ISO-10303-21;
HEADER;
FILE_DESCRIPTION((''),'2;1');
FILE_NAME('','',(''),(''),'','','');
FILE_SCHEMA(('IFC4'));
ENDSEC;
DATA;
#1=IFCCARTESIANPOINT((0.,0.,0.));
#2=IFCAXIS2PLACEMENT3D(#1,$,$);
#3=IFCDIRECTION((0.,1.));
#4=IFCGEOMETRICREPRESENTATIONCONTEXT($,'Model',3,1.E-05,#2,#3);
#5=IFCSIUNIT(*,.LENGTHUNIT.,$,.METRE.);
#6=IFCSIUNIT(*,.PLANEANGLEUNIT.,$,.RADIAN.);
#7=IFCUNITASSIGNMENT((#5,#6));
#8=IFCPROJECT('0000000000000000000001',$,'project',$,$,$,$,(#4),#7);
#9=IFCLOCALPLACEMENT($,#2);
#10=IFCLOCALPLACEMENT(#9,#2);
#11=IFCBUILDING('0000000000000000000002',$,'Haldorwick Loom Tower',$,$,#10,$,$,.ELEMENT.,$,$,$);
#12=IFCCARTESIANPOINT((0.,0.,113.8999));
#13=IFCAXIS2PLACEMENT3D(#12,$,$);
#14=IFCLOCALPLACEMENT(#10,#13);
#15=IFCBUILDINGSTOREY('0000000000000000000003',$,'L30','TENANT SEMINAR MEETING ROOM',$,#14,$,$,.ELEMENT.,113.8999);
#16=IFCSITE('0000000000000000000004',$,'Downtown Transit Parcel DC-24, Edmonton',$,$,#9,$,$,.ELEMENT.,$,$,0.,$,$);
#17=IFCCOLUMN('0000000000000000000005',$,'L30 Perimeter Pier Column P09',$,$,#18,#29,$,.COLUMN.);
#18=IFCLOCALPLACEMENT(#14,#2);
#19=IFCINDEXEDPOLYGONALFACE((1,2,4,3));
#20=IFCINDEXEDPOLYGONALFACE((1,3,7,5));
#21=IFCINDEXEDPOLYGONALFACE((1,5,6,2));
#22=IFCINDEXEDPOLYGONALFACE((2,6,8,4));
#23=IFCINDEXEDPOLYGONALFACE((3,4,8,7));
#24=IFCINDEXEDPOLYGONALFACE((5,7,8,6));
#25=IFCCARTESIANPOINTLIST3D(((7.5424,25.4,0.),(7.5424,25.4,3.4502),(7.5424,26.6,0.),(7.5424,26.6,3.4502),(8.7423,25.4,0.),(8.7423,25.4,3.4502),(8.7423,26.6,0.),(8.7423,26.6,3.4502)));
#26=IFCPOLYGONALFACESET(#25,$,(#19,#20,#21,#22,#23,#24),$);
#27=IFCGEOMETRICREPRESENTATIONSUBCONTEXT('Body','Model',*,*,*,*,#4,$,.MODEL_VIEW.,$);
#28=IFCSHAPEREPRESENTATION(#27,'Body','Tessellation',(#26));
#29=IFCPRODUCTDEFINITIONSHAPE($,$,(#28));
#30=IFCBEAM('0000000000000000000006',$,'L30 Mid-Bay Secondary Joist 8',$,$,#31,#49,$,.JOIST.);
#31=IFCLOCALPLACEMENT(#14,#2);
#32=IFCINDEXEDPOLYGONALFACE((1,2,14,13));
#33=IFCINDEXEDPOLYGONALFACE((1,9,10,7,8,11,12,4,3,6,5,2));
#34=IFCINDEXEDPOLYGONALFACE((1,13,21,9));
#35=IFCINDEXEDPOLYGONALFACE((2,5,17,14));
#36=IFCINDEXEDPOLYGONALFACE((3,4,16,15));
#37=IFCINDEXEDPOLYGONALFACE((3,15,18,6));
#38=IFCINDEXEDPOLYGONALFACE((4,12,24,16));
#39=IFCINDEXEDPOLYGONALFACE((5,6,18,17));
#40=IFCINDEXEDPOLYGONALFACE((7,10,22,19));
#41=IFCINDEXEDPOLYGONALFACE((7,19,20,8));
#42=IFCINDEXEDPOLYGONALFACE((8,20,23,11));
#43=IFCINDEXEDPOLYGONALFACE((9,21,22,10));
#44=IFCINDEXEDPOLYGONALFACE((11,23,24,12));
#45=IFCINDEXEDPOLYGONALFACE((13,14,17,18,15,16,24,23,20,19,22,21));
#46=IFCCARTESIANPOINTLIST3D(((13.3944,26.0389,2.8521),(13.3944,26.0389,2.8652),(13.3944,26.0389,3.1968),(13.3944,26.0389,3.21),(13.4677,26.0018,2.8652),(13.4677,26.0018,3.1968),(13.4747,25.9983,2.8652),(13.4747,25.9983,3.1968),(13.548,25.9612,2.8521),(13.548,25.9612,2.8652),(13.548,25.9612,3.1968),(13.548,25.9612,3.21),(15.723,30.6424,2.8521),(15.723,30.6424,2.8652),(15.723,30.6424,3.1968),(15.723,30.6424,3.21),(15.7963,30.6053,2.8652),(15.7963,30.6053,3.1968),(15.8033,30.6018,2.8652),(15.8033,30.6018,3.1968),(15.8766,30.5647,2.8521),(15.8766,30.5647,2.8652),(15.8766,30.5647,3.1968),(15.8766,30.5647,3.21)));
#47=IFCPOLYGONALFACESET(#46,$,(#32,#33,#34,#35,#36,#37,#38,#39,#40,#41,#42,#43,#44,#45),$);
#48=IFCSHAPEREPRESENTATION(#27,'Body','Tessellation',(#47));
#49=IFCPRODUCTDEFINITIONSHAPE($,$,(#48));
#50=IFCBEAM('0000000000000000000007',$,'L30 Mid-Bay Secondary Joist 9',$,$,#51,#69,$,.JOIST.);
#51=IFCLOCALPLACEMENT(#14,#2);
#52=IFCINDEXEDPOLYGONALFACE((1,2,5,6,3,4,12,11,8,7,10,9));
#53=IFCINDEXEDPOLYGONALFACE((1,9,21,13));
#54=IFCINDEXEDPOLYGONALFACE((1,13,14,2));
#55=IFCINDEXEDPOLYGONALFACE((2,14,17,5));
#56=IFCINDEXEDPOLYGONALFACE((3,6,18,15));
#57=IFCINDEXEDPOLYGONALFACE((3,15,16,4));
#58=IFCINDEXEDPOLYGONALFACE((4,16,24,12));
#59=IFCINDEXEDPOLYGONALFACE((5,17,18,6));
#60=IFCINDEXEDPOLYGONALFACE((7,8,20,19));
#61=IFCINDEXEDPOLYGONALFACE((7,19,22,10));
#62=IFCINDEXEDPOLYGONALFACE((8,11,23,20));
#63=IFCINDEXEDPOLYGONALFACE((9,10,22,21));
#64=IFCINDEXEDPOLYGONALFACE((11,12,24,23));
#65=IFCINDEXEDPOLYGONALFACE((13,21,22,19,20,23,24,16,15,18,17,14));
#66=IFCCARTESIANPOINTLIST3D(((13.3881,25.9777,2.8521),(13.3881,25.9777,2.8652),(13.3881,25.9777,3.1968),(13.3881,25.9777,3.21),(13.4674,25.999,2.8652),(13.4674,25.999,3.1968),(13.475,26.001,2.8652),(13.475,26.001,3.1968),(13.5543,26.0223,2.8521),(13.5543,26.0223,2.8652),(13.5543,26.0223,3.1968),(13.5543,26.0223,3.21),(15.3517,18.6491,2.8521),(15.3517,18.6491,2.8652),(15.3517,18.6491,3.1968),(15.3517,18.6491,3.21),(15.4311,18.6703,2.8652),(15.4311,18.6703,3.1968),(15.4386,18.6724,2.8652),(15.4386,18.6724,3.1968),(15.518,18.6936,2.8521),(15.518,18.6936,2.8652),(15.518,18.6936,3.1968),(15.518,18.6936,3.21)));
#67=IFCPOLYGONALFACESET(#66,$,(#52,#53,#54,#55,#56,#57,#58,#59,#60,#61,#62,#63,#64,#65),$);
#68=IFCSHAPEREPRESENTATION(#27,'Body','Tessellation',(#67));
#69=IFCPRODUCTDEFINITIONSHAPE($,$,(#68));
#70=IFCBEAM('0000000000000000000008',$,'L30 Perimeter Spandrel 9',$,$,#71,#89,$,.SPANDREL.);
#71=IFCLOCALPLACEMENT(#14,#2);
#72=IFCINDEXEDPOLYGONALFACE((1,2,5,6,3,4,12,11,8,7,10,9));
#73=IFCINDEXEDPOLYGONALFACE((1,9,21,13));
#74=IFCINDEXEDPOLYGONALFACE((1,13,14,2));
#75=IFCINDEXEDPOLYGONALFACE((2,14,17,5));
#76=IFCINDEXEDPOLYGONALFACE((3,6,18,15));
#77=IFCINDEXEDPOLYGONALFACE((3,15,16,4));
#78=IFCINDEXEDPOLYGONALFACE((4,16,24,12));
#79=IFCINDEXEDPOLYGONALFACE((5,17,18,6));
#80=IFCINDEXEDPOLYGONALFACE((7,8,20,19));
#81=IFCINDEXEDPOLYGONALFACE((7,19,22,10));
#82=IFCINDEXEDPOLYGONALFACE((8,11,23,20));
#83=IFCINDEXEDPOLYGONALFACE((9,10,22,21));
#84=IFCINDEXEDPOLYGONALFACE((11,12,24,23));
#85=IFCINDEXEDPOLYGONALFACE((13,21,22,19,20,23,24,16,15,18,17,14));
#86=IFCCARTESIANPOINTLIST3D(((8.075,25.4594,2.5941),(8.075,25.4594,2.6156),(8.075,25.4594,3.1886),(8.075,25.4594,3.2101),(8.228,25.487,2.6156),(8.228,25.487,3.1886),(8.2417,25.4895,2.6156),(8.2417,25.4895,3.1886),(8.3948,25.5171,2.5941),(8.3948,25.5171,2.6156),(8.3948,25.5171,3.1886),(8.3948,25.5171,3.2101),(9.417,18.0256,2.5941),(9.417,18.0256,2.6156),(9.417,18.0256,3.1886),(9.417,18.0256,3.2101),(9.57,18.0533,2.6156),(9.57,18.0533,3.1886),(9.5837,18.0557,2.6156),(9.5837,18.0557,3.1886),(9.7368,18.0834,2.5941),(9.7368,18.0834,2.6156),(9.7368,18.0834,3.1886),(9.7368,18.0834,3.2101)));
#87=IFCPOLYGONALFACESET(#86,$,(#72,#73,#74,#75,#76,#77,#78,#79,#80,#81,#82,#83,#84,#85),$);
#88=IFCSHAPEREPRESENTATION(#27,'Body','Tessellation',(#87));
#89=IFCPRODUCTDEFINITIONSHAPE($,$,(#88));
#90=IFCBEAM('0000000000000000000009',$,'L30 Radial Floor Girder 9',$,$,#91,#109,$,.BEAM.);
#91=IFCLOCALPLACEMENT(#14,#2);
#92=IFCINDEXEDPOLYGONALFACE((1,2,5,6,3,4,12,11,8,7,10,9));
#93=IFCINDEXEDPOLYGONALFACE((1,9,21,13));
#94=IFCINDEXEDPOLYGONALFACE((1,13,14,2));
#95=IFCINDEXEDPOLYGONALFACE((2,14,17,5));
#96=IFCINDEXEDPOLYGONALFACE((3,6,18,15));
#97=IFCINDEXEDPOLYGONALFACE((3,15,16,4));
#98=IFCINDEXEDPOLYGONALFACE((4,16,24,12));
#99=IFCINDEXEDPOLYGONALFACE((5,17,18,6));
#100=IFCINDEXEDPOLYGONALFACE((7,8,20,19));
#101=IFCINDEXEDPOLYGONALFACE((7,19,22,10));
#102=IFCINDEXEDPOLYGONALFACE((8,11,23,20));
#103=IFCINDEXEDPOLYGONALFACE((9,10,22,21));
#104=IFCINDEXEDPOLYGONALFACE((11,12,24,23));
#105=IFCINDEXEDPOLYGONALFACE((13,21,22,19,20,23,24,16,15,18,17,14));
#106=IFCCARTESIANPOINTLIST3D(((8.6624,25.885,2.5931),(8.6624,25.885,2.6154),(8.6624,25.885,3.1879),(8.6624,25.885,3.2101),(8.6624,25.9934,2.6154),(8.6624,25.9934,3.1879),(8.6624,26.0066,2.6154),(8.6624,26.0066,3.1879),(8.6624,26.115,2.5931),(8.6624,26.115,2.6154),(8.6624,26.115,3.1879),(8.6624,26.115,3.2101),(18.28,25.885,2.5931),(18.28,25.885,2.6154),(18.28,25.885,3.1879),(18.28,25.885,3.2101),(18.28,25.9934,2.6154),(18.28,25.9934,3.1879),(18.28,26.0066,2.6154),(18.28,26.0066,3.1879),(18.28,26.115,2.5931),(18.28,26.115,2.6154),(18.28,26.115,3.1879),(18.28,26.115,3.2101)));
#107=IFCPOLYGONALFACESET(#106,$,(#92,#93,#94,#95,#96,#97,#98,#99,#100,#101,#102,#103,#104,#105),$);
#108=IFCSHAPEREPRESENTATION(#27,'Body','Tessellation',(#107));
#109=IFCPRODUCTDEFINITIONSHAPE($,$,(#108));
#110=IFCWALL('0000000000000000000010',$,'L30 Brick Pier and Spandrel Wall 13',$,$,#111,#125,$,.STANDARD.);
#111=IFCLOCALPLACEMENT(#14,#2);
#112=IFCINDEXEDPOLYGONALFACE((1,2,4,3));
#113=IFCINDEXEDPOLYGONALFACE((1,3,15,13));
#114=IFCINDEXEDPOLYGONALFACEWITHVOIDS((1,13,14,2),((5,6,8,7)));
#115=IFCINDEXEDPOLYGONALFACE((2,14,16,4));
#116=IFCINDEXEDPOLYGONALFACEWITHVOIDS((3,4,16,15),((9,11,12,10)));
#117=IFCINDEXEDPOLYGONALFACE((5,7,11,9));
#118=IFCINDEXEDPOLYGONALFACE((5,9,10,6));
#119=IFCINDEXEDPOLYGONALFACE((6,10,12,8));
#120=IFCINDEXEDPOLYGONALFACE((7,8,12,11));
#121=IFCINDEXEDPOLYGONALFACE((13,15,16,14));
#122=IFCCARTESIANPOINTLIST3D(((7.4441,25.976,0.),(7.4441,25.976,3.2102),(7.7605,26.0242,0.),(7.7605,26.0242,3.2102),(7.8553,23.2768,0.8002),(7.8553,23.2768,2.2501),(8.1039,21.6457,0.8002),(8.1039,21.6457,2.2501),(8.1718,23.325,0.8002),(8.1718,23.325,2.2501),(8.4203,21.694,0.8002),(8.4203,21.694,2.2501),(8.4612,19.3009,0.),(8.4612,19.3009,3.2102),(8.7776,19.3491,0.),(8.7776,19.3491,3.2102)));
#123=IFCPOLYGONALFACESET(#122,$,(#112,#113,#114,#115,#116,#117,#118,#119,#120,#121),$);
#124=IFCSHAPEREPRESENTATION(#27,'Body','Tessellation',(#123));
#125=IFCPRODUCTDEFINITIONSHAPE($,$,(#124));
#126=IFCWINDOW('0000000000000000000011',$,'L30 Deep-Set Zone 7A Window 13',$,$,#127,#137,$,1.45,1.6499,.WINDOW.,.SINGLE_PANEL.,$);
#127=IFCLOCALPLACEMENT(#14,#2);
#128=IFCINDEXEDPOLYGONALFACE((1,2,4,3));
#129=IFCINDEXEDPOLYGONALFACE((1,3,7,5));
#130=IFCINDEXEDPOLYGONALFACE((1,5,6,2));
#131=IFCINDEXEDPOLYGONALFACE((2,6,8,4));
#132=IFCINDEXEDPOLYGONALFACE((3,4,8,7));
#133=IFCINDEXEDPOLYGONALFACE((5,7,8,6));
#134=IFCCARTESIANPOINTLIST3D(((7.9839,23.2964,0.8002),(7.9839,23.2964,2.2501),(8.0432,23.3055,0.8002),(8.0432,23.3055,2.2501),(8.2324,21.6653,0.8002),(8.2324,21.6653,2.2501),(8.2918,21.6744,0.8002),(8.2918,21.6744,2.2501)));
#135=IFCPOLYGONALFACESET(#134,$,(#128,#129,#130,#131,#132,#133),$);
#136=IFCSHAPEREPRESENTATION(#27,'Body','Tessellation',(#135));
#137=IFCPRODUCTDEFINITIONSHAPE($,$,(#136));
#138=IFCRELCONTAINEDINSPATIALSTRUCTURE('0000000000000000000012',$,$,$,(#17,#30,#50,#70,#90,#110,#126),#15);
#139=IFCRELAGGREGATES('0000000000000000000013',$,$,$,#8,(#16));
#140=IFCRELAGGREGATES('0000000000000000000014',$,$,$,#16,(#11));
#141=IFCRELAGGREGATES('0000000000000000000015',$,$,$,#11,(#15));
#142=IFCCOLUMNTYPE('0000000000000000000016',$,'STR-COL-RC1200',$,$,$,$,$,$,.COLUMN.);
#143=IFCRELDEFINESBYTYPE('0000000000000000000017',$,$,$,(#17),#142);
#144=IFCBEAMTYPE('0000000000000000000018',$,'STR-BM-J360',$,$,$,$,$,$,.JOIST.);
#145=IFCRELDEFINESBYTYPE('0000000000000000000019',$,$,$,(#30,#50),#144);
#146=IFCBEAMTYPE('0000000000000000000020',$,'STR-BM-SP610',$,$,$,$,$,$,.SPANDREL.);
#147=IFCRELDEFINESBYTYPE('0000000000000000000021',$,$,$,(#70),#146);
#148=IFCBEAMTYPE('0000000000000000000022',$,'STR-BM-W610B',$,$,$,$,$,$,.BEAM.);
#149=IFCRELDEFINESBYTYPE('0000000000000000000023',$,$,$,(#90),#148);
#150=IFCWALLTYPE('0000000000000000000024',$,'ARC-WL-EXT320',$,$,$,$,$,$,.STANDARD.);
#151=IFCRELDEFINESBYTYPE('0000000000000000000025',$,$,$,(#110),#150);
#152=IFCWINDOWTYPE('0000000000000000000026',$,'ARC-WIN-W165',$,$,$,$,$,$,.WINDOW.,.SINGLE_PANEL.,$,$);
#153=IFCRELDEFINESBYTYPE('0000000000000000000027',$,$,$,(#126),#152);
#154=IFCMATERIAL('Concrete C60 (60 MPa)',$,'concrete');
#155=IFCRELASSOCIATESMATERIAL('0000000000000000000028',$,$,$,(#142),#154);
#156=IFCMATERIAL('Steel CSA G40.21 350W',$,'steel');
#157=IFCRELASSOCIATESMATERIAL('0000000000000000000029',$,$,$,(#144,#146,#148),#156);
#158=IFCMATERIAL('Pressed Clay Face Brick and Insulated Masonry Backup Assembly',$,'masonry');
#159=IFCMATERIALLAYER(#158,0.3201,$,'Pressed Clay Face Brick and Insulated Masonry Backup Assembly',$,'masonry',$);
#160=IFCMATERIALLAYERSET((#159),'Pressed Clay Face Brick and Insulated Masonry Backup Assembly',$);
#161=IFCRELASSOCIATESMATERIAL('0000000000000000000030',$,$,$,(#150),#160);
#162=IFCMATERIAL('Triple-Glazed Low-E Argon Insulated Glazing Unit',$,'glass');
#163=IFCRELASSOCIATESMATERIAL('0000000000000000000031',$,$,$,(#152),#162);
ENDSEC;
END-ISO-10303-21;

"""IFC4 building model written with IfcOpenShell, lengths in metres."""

from ifc_helpers import new_model, si_unit, direction, frame, frame_2d, origin, origin_2d, place, context, subcontext, project, spatial, rectangle, i_section, extrude, material, layer, layer_set, material_profile, profile_set, type_object, element, fill, save


model = new_model("IFC4")

# Units and contexts
model_context = context("Model", 3, precision=1e-05, world=origin(), true_north=direction((0.0, 1.0)))
body_context = subcontext(model_context, "Body", "Model", "MODEL_VIEW")
ifc_project = project(units=[si_unit("LENGTHUNIT", "METRE"), si_unit("PLANEANGLEUNIT", "RADIAN")], contexts=[model_context])

# Site, building, storey
site_placement = place(None, origin())
site = spatial("IfcSite", under=ifc_project, at=site_placement, Name="Downtown Transit Parcel DC-24, Edmonton", CompositionType="ELEMENT", RefElevation=0.0)
building_placement = place(site_placement, origin())
building = spatial("IfcBuilding", under=site, at=building_placement, Name="Haldorwick Loom Tower", CompositionType="ELEMENT")
storey_placement = place(building_placement, frame((0.0, 0.0, 113.8999)))
storey = spatial("IfcBuildingStorey", under=building, at=storey_placement, Name="L30", Description="TENANT SEMINAR MEETING ROOM", CompositionType="ELEMENT", Elevation=113.8999)

# Column
ifc_material_1 = material(Name="Concrete C60 (60 MPa)", Category="concrete")
ifc_material_profile_1 = material_profile(ifc_material_1, rectangle(XDim=1.2, YDim=1.2, at=origin_2d()), Name="RC1200X1200", Category="concrete")
ifc_profile_set_1 = profile_set([ifc_material_profile_1], Name="Concrete C60 (60 MPa)")
column_type = type_object("IfcColumnType", Name="STR-COL-RC1200", PredefinedType="COLUMN", material=ifc_profile_set_1)
column_placement = place(storey_placement, frame((8.1423, 26.0, 0.0), z_axis=(0.0, 0.0, 1.0), x_axis=(-1.0, 0.0, 0.0)))
element("IfcColumn", 1, at=column_placement, inside=storey, type_object=column_type, Name="L30 Perimeter Pier Column P09", PredefinedType="COLUMN", context=body_context, shape_type="SweptSolid", body=[
    extrude(rectangle(XDim=1.2, YDim=1.2, at=origin_2d()), origin(), (0.0, 0.0, 1.0), 3.4502),
])

# Beams
ifc_material_2 = material(Name="Steel CSA G40.21 350W", Category="steel")
ifc_material_profile_2 = material_profile(ifc_material_2, i_section(OverallWidth=0.1721, OverallDepth=0.3579, WebThickness=0.0078, FlangeThickness=0.0132, at=origin_2d()), Name="W360X57", Category="steel")
ifc_profile_set_2 = profile_set([ifc_material_profile_2], Name="Steel CSA G40.21 350W")
beam_type_1 = type_object("IfcBeamType", Name="STR-BM-J360", PredefinedType="JOIST", material=ifc_profile_set_2)
beam_1_placement = place(storey_placement, frame((15.7998, 30.6035, 3.031), z_axis=(-0.451373, -0.892335, 0.0), x_axis=(0.892335, -0.451373, 0.0)))
element("IfcBeam", 2, at=beam_1_placement, inside=storey, type_object=beam_type_1, Name="L30 Mid-Bay Secondary Joist 8", PredefinedType="JOIST", context=body_context, shape_type="SweptSolid", body=[
    extrude(i_section(OverallWidth=0.1721, OverallDepth=0.3579, WebThickness=0.0078, FlangeThickness=0.0132, at=origin_2d()), origin(), (0.0, 0.0, 1.0), 5.1589),
])
beam_2_placement = place(storey_placement, frame((13.4712, 26.0, 3.031), z_axis=(0.25881, -0.965928, 0.0), x_axis=(0.965928, 0.25881, 0.0)))
element("IfcBeam", 3, at=beam_2_placement, inside=storey, type_object=beam_type_1, Name="L30 Mid-Bay Secondary Joist 9", PredefinedType="JOIST", context=body_context, shape_type="SweptSolid", body=[
    extrude(i_section(OverallWidth=0.1721, OverallDepth=0.3579, WebThickness=0.0078, FlangeThickness=0.0132, at=origin_2d()), origin(), (0.0, 0.0, 1.0), 7.5872),
])
ifc_material_profile_3 = material_profile(ifc_material_2, i_section(OverallWidth=0.325, OverallDepth=0.616, WebThickness=0.0139, FlangeThickness=0.0215, at=origin_2d()), Name="W610X174", Category="steel")
ifc_profile_set_3 = profile_set([ifc_material_profile_3], Name="Steel CSA G40.21 350W")
beam_type_2 = type_object("IfcBeamType", Name="STR-BM-SP610", PredefinedType="SPANDREL", material=ifc_profile_set_3)
beam_3_placement = place(storey_placement, frame((8.2349, 25.4883, 2.9021), z_axis=(0.177659, -0.984092, 0.0), x_axis=(0.984092, 0.177659, 0.0)))
element("IfcBeam", 4, at=beam_3_placement, inside=storey, type_object=beam_type_2, Name="L30 Perimeter Spandrel 9", PredefinedType="SPANDREL", context=body_context, shape_type="SweptSolid", body=[
    extrude(i_section(OverallWidth=0.325, OverallDepth=0.616, WebThickness=0.0139, FlangeThickness=0.0215, at=origin_2d()), origin(), (0.0, 0.0, 1.0), 7.554),
])
ifc_material_profile_4 = material_profile(ifc_material_2, i_section(OverallWidth=0.23, OverallDepth=0.6169, WebThickness=0.0132, FlangeThickness=0.0222, at=origin_2d()), Name="W610X140", Category="steel")
ifc_profile_set_4 = profile_set([ifc_material_profile_4], Name="Steel CSA G40.21 350W")
beam_type_3 = type_object("IfcBeamType", Name="STR-BM-W610B", PredefinedType="BEAM", material=ifc_profile_set_4)
beam_4_placement = place(storey_placement, frame((18.28, 26.0, 2.9016), z_axis=(-1.0, 0.0, 0.0), x_axis=(0.0, -1.0, 0.0)))
element("IfcBeam", 5, at=beam_4_placement, inside=storey, type_object=beam_type_3, Name="L30 Radial Floor Girder 9", PredefinedType="BEAM", context=body_context, shape_type="SweptSolid", body=[
    extrude(i_section(OverallWidth=0.23, OverallDepth=0.6169, WebThickness=0.0132, FlangeThickness=0.0222, at=origin_2d()), origin(), (0.0, 0.0, 1.0), 9.6177),
])

# Wall, opening, window
ifc_material_3 = material(Name="Pressed Clay Face Brick and Insulated Masonry Backup Assembly", Category="masonry")
ifc_layer_1 = layer(ifc_material_3, 0.3201, Name="Pressed Clay Face Brick and Insulated Masonry Backup Assembly", Category="masonry")
ifc_layer_set_1 = layer_set([ifc_layer_1], Name="Pressed Clay Face Brick and Insulated Masonry Backup Assembly")
wall_type_1 = type_object("IfcWallType", Name="ARC-WL-EXT320", PredefinedType="STANDARD", material=ifc_layer_set_1)
wall_1_placement = place(storey_placement, frame((7.6023, 26.0, 0.0), z_axis=(0.0, 0.0, 1.0), x_axis=(0.150633, -0.98859, 0.0)))
wall_1 = element("IfcWall", 6, at=wall_1_placement, inside=storey, type_object=wall_type_1, Name="L30 Brick Pier and Spandrel Wall 13", PredefinedType="STANDARD", context=body_context, shape_type="SweptSolid", body=[
    extrude(rectangle(XDim=6.7522, YDim=0.3201, at=frame_2d((3.376, 0.0))), origin(), (0.0, 0.0, 1.0), 3.2102),
])
opening_1_placement = place(wall_1_placement, frame((2.7302, 0.0, 0.8)))
opening_1 = element("IfcOpeningElement", 7, at=opening_1_placement, cuts=wall_1, PredefinedType="OPENING", context=body_context, shape_type="SweptSolid", body=[
    extrude(rectangle(XDim=1.6499, YDim=1.45, at=frame_2d((0.825, 0.7251))), frame((0.0, 0.1699, 0.0), z_axis=(0.0, -1.0, 0.0), x_axis=(1.0, 0.0, 0.0)), (0.0, 0.0, 1.0), 0.3401),
])
ifc_material_4 = material(Name="Triple-Glazed Low-E Argon Insulated Glazing Unit", Category="glass")
window_type = type_object("IfcWindowType", Name="ARC-WIN-W165", PartitioningType="SINGLE_PANEL", PredefinedType="WINDOW", material=ifc_material_4)
window_placement = place(opening_1_placement, origin())
window = element("IfcWindow", 8, at=window_placement, inside=storey, type_object=window_type, Name="L30 Deep-Set Zone 7A Window 13", OverallHeight=1.45, OverallWidth=1.6499, PartitioningType="SINGLE_PANEL", PredefinedType="WINDOW", context=body_context, shape_type="SweptSolid", body=[
    extrude(rectangle(XDim=1.6499, YDim=1.45, at=frame_2d((0.825, 0.7251))), frame((0.0, 0.03, 0.0), z_axis=(0.0, -1.0, 0.0), x_axis=(1.0, 0.0, 0.0)), (0.0, 0.0, 1.0), 0.0601),
])
fill(opening_1, window)

save(model, "model.ifc")
